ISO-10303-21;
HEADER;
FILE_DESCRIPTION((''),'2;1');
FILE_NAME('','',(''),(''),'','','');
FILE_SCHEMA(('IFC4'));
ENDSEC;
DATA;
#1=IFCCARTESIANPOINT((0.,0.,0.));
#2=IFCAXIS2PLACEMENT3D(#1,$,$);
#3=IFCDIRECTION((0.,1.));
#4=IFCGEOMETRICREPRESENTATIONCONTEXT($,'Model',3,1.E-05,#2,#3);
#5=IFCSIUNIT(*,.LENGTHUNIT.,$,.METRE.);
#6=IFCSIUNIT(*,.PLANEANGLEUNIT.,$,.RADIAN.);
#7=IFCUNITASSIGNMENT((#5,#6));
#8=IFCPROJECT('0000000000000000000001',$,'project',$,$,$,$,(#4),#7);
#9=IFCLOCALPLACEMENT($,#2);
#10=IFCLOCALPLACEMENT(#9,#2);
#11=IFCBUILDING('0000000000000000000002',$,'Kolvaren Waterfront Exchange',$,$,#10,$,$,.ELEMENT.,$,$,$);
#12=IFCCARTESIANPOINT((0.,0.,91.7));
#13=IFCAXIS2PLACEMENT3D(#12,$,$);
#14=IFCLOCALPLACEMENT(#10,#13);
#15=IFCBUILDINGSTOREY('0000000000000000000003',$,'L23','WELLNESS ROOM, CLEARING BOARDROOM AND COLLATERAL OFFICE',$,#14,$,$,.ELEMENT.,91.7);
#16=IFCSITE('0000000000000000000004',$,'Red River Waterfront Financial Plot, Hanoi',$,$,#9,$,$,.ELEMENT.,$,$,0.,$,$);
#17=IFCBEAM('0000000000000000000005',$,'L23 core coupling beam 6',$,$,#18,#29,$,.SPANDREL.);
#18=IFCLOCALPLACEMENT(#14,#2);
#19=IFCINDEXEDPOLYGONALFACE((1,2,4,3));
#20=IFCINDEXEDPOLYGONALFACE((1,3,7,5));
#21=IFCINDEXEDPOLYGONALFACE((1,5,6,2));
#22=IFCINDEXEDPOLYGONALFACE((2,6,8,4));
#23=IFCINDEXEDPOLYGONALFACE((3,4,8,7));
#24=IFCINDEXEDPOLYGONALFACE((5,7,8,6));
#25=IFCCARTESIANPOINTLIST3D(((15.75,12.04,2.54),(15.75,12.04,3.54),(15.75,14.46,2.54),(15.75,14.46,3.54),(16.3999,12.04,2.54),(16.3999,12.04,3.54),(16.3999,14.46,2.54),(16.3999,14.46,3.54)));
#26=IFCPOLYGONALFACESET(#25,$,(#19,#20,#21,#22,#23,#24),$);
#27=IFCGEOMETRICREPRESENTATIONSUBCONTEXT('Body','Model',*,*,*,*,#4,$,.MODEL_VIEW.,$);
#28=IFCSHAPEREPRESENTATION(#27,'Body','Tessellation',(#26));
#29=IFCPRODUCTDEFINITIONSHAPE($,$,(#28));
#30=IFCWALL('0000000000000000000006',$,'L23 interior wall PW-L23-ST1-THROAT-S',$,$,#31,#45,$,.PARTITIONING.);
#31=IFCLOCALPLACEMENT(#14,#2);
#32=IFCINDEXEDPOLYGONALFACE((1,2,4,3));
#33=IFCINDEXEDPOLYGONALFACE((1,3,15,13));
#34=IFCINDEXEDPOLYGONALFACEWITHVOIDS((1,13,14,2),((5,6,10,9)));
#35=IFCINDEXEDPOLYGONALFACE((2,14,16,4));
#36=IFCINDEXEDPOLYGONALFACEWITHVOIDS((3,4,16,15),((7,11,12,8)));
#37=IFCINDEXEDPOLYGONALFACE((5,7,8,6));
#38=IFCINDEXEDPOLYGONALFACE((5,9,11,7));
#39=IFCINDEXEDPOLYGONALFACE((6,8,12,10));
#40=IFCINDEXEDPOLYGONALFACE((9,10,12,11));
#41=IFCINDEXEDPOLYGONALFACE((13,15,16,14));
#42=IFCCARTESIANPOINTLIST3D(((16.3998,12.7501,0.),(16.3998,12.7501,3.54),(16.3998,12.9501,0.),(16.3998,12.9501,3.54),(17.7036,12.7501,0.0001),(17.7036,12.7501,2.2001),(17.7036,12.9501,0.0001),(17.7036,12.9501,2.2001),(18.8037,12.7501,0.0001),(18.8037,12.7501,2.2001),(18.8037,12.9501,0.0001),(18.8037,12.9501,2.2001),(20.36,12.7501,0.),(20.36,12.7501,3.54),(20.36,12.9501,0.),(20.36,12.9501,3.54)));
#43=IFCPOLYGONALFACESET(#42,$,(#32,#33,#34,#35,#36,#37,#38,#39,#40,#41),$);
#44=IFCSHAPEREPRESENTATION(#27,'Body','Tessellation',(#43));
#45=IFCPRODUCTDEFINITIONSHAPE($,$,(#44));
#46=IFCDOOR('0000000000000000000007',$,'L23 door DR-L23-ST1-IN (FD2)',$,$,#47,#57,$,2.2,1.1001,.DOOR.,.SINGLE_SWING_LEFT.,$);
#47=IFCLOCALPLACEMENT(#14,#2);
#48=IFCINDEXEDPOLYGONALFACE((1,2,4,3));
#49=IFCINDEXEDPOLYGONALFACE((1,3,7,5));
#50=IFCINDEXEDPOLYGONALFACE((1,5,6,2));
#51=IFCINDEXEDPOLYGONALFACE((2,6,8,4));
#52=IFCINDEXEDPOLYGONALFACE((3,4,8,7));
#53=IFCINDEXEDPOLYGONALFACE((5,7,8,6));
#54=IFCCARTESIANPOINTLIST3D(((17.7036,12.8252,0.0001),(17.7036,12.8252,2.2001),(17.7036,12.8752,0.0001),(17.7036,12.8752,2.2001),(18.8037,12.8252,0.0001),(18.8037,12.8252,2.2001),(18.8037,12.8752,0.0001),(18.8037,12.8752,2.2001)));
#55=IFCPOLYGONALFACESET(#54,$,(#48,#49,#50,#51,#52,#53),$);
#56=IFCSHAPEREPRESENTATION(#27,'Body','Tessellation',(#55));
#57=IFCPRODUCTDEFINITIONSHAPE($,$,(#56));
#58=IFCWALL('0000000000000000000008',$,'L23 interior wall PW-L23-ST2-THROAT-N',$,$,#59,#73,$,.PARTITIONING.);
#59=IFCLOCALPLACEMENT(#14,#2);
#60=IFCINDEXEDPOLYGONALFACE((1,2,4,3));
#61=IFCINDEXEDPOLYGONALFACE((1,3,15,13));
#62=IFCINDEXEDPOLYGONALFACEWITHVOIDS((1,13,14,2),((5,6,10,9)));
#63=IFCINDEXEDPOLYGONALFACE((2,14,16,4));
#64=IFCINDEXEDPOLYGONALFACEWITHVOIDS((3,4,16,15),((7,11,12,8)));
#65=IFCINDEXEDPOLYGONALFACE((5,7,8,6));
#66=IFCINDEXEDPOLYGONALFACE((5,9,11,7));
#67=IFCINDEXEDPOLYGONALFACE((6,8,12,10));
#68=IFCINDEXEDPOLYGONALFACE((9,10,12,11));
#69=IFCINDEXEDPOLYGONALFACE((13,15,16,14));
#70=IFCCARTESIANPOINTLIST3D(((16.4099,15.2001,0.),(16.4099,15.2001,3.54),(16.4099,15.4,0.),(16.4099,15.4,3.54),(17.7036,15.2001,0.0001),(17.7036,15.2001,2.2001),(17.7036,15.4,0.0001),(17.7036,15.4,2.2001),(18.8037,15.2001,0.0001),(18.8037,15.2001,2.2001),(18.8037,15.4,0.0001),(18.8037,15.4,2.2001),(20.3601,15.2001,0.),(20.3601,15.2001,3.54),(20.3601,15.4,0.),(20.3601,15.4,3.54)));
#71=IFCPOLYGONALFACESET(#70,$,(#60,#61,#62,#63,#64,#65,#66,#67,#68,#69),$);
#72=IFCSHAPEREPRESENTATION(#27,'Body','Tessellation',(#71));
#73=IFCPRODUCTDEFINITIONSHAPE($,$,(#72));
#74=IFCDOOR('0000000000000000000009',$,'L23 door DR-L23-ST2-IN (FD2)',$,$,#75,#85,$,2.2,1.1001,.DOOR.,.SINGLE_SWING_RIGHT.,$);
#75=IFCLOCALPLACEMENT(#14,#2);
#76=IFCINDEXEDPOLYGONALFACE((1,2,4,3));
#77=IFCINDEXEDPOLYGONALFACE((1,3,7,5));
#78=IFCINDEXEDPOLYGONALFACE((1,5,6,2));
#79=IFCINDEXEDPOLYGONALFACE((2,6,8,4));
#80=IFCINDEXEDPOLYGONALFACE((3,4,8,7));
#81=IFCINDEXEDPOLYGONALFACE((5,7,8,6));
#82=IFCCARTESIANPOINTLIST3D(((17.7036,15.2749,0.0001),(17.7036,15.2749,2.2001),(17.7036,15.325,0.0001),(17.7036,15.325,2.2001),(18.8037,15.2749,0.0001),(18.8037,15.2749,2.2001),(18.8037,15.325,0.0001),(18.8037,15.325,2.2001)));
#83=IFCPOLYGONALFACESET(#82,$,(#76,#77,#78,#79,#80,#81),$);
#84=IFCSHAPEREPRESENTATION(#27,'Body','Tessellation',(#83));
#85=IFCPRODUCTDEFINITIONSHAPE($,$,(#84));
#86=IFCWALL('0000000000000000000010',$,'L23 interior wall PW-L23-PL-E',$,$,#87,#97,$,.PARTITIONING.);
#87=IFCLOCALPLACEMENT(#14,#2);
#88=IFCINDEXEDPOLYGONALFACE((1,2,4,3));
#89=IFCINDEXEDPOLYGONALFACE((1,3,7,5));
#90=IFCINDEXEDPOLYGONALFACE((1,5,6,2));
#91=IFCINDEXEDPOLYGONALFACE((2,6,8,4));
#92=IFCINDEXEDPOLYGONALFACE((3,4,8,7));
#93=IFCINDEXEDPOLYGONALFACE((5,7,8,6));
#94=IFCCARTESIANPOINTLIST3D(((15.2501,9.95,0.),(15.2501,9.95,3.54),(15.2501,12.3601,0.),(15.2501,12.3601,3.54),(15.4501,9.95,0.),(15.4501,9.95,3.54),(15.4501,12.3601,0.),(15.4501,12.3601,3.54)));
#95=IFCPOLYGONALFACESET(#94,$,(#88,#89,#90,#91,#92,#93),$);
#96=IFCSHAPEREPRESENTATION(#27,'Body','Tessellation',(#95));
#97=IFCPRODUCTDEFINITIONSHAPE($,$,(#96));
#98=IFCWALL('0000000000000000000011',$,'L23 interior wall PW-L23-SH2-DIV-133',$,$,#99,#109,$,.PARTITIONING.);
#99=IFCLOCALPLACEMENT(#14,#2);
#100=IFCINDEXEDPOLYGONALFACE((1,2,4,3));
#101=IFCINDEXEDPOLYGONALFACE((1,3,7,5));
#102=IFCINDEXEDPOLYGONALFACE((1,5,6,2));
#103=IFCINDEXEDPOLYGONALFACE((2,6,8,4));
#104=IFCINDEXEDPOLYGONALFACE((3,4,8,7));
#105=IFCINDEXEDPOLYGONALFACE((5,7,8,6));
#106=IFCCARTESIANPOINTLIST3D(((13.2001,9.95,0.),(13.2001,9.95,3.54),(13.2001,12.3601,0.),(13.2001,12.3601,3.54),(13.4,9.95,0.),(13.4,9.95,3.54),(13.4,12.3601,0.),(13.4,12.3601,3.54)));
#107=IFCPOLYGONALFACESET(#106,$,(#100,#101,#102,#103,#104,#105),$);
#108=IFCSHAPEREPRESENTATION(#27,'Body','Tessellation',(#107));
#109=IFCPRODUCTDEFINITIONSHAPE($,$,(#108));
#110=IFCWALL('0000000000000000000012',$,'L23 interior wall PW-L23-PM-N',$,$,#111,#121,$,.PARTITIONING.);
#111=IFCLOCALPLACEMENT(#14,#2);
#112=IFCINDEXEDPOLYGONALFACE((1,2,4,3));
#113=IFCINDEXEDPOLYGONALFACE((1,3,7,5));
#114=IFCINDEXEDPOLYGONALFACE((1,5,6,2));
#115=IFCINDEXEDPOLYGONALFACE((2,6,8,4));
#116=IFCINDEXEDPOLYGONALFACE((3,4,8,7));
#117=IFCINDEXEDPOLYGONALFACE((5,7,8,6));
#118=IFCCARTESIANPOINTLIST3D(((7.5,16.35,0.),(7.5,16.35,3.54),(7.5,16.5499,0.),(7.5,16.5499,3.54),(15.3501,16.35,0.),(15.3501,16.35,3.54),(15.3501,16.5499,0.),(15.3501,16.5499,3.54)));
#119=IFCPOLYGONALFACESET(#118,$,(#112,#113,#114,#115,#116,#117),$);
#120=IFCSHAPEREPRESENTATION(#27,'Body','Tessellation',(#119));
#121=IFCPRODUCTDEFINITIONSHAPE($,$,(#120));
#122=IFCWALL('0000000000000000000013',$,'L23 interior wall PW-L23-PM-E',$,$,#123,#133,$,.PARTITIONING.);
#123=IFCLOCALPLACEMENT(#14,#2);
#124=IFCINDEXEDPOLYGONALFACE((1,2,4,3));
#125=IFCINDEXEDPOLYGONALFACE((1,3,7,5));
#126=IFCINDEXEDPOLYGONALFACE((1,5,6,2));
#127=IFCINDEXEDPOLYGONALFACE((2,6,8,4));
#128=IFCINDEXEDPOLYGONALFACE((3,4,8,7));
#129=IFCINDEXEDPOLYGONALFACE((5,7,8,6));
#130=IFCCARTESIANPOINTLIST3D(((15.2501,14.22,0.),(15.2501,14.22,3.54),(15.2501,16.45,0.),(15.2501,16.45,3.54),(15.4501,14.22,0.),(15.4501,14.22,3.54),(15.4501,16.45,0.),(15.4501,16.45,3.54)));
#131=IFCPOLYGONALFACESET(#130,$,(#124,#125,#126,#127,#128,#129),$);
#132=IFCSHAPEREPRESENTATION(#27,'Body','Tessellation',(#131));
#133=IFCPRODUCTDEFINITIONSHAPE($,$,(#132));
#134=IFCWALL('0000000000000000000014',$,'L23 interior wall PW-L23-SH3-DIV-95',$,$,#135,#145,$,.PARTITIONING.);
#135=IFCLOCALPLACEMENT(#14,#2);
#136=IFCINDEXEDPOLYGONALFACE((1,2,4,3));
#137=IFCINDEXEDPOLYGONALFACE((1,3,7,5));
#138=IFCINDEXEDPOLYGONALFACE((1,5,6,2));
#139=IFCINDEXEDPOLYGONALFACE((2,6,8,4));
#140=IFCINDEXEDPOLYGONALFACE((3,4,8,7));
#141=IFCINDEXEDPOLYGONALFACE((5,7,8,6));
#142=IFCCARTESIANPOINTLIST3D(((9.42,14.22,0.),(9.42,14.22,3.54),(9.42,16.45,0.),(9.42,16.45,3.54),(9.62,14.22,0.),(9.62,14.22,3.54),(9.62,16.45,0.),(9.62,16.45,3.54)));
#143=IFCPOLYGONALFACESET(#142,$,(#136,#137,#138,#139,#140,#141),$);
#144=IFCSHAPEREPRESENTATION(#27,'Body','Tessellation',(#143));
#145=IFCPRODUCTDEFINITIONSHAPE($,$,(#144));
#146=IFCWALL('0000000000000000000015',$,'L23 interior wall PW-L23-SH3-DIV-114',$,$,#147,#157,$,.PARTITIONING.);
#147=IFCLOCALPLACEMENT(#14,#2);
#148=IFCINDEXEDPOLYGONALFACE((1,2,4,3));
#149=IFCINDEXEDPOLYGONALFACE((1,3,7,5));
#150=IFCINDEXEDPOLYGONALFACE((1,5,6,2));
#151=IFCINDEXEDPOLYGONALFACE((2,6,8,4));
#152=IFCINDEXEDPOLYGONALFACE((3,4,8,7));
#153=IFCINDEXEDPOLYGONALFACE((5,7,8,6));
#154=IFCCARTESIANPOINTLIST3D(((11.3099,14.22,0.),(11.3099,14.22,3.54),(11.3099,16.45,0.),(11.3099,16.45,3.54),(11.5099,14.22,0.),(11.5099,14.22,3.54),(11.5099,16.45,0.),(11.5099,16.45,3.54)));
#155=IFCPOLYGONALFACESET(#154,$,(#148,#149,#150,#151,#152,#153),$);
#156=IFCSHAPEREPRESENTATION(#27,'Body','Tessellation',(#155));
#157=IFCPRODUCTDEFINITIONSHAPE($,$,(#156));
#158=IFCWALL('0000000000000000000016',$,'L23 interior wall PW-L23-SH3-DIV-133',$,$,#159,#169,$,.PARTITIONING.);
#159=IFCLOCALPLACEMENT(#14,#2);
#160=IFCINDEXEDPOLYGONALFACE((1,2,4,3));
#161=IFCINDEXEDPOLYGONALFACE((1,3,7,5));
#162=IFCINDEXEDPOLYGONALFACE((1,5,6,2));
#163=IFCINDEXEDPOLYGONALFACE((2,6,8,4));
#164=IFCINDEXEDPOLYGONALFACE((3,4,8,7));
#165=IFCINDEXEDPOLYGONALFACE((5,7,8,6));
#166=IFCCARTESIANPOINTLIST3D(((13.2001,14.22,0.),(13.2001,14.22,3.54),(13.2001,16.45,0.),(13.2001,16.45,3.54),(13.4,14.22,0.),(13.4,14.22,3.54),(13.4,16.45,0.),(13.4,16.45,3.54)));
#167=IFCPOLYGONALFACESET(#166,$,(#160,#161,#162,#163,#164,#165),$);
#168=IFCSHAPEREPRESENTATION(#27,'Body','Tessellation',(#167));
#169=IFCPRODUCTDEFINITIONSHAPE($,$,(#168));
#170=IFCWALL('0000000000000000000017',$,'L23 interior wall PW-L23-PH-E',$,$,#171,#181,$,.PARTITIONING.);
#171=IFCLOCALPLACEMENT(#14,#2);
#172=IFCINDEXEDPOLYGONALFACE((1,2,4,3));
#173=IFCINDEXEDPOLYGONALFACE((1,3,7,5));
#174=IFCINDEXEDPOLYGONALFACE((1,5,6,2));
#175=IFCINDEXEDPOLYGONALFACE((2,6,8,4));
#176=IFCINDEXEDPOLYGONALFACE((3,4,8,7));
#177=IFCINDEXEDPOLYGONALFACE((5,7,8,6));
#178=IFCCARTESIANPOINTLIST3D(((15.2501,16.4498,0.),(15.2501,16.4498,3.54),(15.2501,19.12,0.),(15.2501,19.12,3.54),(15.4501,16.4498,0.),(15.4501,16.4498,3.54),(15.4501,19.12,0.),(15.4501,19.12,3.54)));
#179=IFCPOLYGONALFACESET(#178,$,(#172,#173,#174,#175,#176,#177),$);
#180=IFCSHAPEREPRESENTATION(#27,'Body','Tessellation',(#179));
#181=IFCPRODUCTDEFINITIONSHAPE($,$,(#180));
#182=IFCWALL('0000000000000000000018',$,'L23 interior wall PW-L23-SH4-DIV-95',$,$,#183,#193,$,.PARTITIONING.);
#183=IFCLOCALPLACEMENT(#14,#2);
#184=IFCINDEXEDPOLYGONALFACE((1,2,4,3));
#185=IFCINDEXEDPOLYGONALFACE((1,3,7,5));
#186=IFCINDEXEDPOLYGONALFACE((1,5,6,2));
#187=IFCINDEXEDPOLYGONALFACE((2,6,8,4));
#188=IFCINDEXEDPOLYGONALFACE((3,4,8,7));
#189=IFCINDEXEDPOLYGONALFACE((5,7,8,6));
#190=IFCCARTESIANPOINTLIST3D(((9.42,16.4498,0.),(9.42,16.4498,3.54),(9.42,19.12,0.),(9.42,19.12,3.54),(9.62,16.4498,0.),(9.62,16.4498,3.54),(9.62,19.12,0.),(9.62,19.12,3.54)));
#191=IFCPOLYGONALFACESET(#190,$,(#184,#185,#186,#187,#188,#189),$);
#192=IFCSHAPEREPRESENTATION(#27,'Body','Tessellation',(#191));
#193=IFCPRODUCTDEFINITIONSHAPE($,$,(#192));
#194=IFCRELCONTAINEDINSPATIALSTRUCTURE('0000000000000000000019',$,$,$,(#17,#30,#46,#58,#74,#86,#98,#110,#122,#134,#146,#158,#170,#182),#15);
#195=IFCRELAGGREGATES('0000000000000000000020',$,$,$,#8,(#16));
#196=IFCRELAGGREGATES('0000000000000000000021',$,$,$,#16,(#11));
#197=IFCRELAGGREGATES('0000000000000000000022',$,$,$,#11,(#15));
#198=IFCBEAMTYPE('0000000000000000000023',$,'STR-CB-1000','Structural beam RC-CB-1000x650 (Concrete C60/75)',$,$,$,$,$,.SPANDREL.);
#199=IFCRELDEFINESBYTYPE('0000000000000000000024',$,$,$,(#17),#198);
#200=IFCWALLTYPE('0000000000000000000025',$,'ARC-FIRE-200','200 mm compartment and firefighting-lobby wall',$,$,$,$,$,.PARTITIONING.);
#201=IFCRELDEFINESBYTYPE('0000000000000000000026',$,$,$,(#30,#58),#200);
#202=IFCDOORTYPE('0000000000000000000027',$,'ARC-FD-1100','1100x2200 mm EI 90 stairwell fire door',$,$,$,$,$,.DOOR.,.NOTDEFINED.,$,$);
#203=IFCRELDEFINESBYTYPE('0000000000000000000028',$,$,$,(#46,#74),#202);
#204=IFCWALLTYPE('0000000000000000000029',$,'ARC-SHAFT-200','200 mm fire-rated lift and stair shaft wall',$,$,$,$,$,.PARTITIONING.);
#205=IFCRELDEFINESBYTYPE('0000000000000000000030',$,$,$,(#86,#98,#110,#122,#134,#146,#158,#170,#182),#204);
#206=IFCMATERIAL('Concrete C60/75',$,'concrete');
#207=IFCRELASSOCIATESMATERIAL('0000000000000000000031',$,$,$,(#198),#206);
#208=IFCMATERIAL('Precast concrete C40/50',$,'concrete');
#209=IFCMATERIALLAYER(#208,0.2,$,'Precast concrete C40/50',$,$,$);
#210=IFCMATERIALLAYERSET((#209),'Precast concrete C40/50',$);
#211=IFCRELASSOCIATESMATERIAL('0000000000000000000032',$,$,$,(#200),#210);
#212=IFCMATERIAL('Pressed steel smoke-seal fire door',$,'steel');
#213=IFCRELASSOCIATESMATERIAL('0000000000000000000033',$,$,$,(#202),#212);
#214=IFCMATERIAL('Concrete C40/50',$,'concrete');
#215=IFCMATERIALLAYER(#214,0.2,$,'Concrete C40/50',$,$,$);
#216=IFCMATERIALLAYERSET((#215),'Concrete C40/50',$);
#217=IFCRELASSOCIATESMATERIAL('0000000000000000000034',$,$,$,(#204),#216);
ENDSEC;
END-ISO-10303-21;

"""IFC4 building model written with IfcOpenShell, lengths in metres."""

from ifc_helpers import new_model, si_unit, direction, frame, frame_2d, origin, origin_2d, place, context, subcontext, project, spatial, rectangle, extrude, material, layer, layer_set, material_profile, profile_set, type_object, element, fill, save


model = new_model("IFC4")

# Units and contexts
model_context = context("Model", 3, precision=1e-05, world=origin(), true_north=direction((0.0, 1.0)))
body_context = subcontext(model_context, "Body", "Model", "MODEL_VIEW")
ifc_project = project(units=[si_unit("LENGTHUNIT", "METRE"), si_unit("PLANEANGLEUNIT", "RADIAN")], contexts=[model_context])

# Site, building, storey
site_placement = place(None, origin())
site = spatial("IfcSite", under=ifc_project, at=site_placement, Name="Red River Waterfront Financial Plot, Hanoi", CompositionType="ELEMENT", RefElevation=0.0)
building_placement = place(site_placement, origin())
building = spatial("IfcBuilding", under=site, at=building_placement, Name="Kolvaren Waterfront Exchange", CompositionType="ELEMENT")
storey_placement = place(building_placement, frame((0.0, 0.0, 91.7)))
storey = spatial("IfcBuildingStorey", under=building, at=storey_placement, Name="L23", Description="WELLNESS ROOM, CLEARING BOARDROOM AND COLLATERAL OFFICE", CompositionType="ELEMENT", Elevation=91.7)

# Beam
ifc_material_1 = material(Name="Concrete C60/75", Category="concrete")
ifc_material_profile = material_profile(ifc_material_1, rectangle(XDim=0.6499, YDim=1.0, at=origin_2d()), Name="RC-CB-1000x650")
ifc_profile_set = profile_set([ifc_material_profile], Name="Concrete C60/75")
beam_type = type_object("IfcBeamType", Name="STR-CB-1000", Description="Structural beam RC-CB-1000x650 (Concrete C60/75)", PredefinedType="SPANDREL", material=ifc_profile_set)
beam_placement = place(storey_placement, frame((16.075, 12.04, 3.04), z_axis=(0.0, 1.0, 0.0), x_axis=(-1.0, 0.0, 0.0)))
element("IfcBeam", 1, at=beam_placement, inside=storey, type_object=beam_type, Name="L23 core coupling beam 6", PredefinedType="SPANDREL", context=body_context, shape_type="SweptSolid", body=[
    extrude(rectangle(XDim=0.6499, YDim=1.0, at=origin_2d()), origin(), (0.0, 0.0, 1.0), 2.4199),
])

# Walls, openings, doors
ifc_material_2 = material(Name="Precast concrete C40/50", Category="concrete")
ifc_layer_1 = layer(ifc_material_2, 0.2, Name="Precast concrete C40/50")
ifc_layer_set_1 = layer_set([ifc_layer_1], Name="Precast concrete C40/50")
wall_type_1 = type_object("IfcWallType", Name="ARC-FIRE-200", Description="200 mm compartment and firefighting-lobby wall", PredefinedType="PARTITIONING", material=ifc_layer_set_1)
wall_1_placement = place(storey_placement, frame((16.3999, 12.8501, 0.0), z_axis=(0.0, 0.0, 1.0), x_axis=(1.0, 0.0, 0.0)))
wall_1 = element("IfcWall", 2, at=wall_1_placement, inside=storey, type_object=wall_type_1, Name="L23 interior wall PW-L23-ST1-THROAT-S", PredefinedType="PARTITIONING", context=body_context, shape_type="SweptSolid", body=[
    extrude(rectangle(XDim=3.9602, YDim=0.2, at=frame_2d((1.98, 0.0))), origin(), (0.0, 0.0, 1.0), 3.54),
])
opening_1_placement = place(wall_1_placement, frame((1.3037, 0.0, 0.0)))
opening_1 = element("IfcOpeningElement", 3, at=opening_1_placement, cuts=wall_1, PredefinedType="OPENING", context=body_context, shape_type="SweptSolid", body=[
    extrude(rectangle(XDim=1.1001, YDim=2.2, at=frame_2d((0.55, 1.1001))), frame((0.0, 0.1099, 0.0), z_axis=(0.0, -1.0, 0.0), x_axis=(1.0, 0.0, 0.0)), (0.0, 0.0, 1.0), 0.22),
])
ifc_material_3 = material(Name="Pressed steel smoke-seal fire door", Category="steel")
door_type = type_object("IfcDoorType", Name="ARC-FD-1100", Description="1100x2200 mm EI 90 stairwell fire door", OperationType="NOTDEFINED", PredefinedType="DOOR", material=ifc_material_3)
door_1_placement = place(opening_1_placement, frame((1.1001, 0.0, 0.0), z_axis=(0.0, 0.0, 1.0), x_axis=(-1.0, 0.0, 0.0)))
door_1 = element("IfcDoor", 4, at=door_1_placement, inside=storey, type_object=door_type, Name="L23 door DR-L23-ST1-IN (FD2)", OperationType="SINGLE_SWING_LEFT", OverallHeight=2.2, OverallWidth=1.1001, PredefinedType="DOOR", context=body_context, shape_type="SweptSolid", body=[
    extrude(rectangle(XDim=1.1001, YDim=2.2, at=frame_2d((0.55, 1.1001))), frame((0.0, 0.0249, 0.0), z_axis=(0.0, -1.0, 0.0), x_axis=(1.0, 0.0, 0.0)), (0.0, 0.0, 1.0), 0.05),
])
fill(opening_1, door_1)
wall_2_placement = place(storey_placement, frame((16.4099, 15.3, 0.0), z_axis=(0.0, 0.0, 1.0), x_axis=(1.0, 0.0, 0.0)))
wall_2 = element("IfcWall", 5, at=wall_2_placement, inside=storey, type_object=wall_type_1, Name="L23 interior wall PW-L23-ST2-THROAT-N", PredefinedType="PARTITIONING", context=body_context, shape_type="SweptSolid", body=[
    extrude(rectangle(XDim=3.9502, YDim=0.2, at=frame_2d((1.9751, 0.0))), origin(), (0.0, 0.0, 1.0), 3.54),
])
opening_2_placement = place(wall_2_placement, frame((1.2937, 0.0, 0.0)))
opening_2 = element("IfcOpeningElement", 6, at=opening_2_placement, cuts=wall_2, PredefinedType="OPENING", context=body_context, shape_type="SweptSolid", body=[
    extrude(rectangle(XDim=1.1001, YDim=2.2, at=frame_2d((0.55, 1.1001))), frame((0.0, 0.1099, 0.0), z_axis=(0.0, -1.0, 0.0), x_axis=(1.0, 0.0, 0.0)), (0.0, 0.0, 1.0), 0.22),
])
door_2_placement = place(opening_2_placement, origin())
door_2 = element("IfcDoor", 7, at=door_2_placement, inside=storey, type_object=door_type, Name="L23 door DR-L23-ST2-IN (FD2)", OperationType="SINGLE_SWING_RIGHT", OverallHeight=2.2, OverallWidth=1.1001, PredefinedType="DOOR", context=body_context, shape_type="SweptSolid", body=[
    extrude(rectangle(XDim=1.1001, YDim=2.2, at=frame_2d((0.55, 1.1001))), frame((0.0, 0.0249, 0.0), z_axis=(0.0, -1.0, 0.0), x_axis=(1.0, 0.0, 0.0)), (0.0, 0.0, 1.0), 0.05),
])
fill(opening_2, door_2)

# Walls
ifc_material_4 = material(Name="Concrete C40/50", Category="concrete")
ifc_layer_2 = layer(ifc_material_4, 0.2, Name="Concrete C40/50")
ifc_layer_set_2 = layer_set([ifc_layer_2], Name="Concrete C40/50")
wall_type_2 = type_object("IfcWallType", Name="ARC-SHAFT-200", Description="200 mm fire-rated lift and stair shaft wall", PredefinedType="PARTITIONING", material=ifc_layer_set_2)
for number, where, z_axis, x_axis, name in (
    (8, (15.3501, 9.95, 0.0), (0.0, 0.0, 1.0), (0.0, 1.0, 0.0), "L23 interior wall PW-L23-PL-E"),
    (9, (13.3, 9.95, 0.0), (0.0, 0.0, 1.0), (0.0, 1.0, 0.0), "L23 interior wall PW-L23-SH2-DIV-133"),
):
    element("IfcWall", number, at=place(storey_placement, frame(where, z_axis=z_axis, x_axis=x_axis)), inside=storey, type_object=wall_type_2, Name=name, PredefinedType="PARTITIONING", context=body_context, shape_type="SweptSolid", body=[
        extrude(rectangle(XDim=2.4102, YDim=0.2, at=frame_2d((1.2051, 0.0))), origin(), (0.0, 0.0, 1.0), 3.54),
    ])
wall_3_placement = place(storey_placement, frame((7.5, 16.45, 0.0), z_axis=(0.0, 0.0, 1.0), x_axis=(1.0, 0.0, 0.0)))
element("IfcWall", 10, at=wall_3_placement, inside=storey, type_object=wall_type_2, Name="L23 interior wall PW-L23-PM-N", PredefinedType="PARTITIONING", context=body_context, shape_type="SweptSolid", body=[
    extrude(rectangle(XDim=7.8501, YDim=0.2, at=frame_2d((3.925, 0.0))), origin(), (0.0, 0.0, 1.0), 3.54),
])
for number, where, z_axis, x_axis, name in (
    (11, (15.3501, 14.22, 0.0), (0.0, 0.0, 1.0), (0.0, 1.0, 0.0), "L23 interior wall PW-L23-PM-E"),
    (12, (9.52, 14.22, 0.0), (0.0, 0.0, 1.0), (0.0, 1.0, 0.0), "L23 interior wall PW-L23-SH3-DIV-95"),
    (13, (11.4099, 14.22, 0.0), (0.0, 0.0, 1.0), (0.0, 1.0, 0.0), "L23 interior wall PW-L23-SH3-DIV-114"),
    (14, (13.3, 14.22, 0.0), (0.0, 0.0, 1.0), (0.0, 1.0, 0.0), "L23 interior wall PW-L23-SH3-DIV-133"),
):
    element("IfcWall", number, at=place(storey_placement, frame(where, z_axis=z_axis, x_axis=x_axis)), inside=storey, type_object=wall_type_2, Name=name, PredefinedType="PARTITIONING", context=body_context, shape_type="SweptSolid", body=[
        extrude(rectangle(XDim=2.23, YDim=0.2, at=frame_2d((1.115, 0.0))), origin(), (0.0, 0.0, 1.0), 3.54),
    ])
for number, where, z_axis, x_axis, name in (
    (15, (15.3501, 16.45, 0.0), (0.0, 0.0, 1.0), (0.0, 1.0, 0.0), "L23 interior wall PW-L23-PH-E"),
    (16, (9.52, 16.45, 0.0), (0.0, 0.0, 1.0), (0.0, 1.0, 0.0), "L23 interior wall PW-L23-SH4-DIV-95"),
):
    element("IfcWall", number, at=place(storey_placement, frame(where, z_axis=z_axis, x_axis=x_axis)), inside=storey, type_object=wall_type_2, Name=name, PredefinedType="PARTITIONING", context=body_context, shape_type="SweptSolid", body=[
        extrude(rectangle(XDim=2.6702, YDim=0.2, at=frame_2d((1.335, 0.0))), origin(), (0.0, 0.0, 1.0), 3.54),
    ])

save(model, "model.ifc")
